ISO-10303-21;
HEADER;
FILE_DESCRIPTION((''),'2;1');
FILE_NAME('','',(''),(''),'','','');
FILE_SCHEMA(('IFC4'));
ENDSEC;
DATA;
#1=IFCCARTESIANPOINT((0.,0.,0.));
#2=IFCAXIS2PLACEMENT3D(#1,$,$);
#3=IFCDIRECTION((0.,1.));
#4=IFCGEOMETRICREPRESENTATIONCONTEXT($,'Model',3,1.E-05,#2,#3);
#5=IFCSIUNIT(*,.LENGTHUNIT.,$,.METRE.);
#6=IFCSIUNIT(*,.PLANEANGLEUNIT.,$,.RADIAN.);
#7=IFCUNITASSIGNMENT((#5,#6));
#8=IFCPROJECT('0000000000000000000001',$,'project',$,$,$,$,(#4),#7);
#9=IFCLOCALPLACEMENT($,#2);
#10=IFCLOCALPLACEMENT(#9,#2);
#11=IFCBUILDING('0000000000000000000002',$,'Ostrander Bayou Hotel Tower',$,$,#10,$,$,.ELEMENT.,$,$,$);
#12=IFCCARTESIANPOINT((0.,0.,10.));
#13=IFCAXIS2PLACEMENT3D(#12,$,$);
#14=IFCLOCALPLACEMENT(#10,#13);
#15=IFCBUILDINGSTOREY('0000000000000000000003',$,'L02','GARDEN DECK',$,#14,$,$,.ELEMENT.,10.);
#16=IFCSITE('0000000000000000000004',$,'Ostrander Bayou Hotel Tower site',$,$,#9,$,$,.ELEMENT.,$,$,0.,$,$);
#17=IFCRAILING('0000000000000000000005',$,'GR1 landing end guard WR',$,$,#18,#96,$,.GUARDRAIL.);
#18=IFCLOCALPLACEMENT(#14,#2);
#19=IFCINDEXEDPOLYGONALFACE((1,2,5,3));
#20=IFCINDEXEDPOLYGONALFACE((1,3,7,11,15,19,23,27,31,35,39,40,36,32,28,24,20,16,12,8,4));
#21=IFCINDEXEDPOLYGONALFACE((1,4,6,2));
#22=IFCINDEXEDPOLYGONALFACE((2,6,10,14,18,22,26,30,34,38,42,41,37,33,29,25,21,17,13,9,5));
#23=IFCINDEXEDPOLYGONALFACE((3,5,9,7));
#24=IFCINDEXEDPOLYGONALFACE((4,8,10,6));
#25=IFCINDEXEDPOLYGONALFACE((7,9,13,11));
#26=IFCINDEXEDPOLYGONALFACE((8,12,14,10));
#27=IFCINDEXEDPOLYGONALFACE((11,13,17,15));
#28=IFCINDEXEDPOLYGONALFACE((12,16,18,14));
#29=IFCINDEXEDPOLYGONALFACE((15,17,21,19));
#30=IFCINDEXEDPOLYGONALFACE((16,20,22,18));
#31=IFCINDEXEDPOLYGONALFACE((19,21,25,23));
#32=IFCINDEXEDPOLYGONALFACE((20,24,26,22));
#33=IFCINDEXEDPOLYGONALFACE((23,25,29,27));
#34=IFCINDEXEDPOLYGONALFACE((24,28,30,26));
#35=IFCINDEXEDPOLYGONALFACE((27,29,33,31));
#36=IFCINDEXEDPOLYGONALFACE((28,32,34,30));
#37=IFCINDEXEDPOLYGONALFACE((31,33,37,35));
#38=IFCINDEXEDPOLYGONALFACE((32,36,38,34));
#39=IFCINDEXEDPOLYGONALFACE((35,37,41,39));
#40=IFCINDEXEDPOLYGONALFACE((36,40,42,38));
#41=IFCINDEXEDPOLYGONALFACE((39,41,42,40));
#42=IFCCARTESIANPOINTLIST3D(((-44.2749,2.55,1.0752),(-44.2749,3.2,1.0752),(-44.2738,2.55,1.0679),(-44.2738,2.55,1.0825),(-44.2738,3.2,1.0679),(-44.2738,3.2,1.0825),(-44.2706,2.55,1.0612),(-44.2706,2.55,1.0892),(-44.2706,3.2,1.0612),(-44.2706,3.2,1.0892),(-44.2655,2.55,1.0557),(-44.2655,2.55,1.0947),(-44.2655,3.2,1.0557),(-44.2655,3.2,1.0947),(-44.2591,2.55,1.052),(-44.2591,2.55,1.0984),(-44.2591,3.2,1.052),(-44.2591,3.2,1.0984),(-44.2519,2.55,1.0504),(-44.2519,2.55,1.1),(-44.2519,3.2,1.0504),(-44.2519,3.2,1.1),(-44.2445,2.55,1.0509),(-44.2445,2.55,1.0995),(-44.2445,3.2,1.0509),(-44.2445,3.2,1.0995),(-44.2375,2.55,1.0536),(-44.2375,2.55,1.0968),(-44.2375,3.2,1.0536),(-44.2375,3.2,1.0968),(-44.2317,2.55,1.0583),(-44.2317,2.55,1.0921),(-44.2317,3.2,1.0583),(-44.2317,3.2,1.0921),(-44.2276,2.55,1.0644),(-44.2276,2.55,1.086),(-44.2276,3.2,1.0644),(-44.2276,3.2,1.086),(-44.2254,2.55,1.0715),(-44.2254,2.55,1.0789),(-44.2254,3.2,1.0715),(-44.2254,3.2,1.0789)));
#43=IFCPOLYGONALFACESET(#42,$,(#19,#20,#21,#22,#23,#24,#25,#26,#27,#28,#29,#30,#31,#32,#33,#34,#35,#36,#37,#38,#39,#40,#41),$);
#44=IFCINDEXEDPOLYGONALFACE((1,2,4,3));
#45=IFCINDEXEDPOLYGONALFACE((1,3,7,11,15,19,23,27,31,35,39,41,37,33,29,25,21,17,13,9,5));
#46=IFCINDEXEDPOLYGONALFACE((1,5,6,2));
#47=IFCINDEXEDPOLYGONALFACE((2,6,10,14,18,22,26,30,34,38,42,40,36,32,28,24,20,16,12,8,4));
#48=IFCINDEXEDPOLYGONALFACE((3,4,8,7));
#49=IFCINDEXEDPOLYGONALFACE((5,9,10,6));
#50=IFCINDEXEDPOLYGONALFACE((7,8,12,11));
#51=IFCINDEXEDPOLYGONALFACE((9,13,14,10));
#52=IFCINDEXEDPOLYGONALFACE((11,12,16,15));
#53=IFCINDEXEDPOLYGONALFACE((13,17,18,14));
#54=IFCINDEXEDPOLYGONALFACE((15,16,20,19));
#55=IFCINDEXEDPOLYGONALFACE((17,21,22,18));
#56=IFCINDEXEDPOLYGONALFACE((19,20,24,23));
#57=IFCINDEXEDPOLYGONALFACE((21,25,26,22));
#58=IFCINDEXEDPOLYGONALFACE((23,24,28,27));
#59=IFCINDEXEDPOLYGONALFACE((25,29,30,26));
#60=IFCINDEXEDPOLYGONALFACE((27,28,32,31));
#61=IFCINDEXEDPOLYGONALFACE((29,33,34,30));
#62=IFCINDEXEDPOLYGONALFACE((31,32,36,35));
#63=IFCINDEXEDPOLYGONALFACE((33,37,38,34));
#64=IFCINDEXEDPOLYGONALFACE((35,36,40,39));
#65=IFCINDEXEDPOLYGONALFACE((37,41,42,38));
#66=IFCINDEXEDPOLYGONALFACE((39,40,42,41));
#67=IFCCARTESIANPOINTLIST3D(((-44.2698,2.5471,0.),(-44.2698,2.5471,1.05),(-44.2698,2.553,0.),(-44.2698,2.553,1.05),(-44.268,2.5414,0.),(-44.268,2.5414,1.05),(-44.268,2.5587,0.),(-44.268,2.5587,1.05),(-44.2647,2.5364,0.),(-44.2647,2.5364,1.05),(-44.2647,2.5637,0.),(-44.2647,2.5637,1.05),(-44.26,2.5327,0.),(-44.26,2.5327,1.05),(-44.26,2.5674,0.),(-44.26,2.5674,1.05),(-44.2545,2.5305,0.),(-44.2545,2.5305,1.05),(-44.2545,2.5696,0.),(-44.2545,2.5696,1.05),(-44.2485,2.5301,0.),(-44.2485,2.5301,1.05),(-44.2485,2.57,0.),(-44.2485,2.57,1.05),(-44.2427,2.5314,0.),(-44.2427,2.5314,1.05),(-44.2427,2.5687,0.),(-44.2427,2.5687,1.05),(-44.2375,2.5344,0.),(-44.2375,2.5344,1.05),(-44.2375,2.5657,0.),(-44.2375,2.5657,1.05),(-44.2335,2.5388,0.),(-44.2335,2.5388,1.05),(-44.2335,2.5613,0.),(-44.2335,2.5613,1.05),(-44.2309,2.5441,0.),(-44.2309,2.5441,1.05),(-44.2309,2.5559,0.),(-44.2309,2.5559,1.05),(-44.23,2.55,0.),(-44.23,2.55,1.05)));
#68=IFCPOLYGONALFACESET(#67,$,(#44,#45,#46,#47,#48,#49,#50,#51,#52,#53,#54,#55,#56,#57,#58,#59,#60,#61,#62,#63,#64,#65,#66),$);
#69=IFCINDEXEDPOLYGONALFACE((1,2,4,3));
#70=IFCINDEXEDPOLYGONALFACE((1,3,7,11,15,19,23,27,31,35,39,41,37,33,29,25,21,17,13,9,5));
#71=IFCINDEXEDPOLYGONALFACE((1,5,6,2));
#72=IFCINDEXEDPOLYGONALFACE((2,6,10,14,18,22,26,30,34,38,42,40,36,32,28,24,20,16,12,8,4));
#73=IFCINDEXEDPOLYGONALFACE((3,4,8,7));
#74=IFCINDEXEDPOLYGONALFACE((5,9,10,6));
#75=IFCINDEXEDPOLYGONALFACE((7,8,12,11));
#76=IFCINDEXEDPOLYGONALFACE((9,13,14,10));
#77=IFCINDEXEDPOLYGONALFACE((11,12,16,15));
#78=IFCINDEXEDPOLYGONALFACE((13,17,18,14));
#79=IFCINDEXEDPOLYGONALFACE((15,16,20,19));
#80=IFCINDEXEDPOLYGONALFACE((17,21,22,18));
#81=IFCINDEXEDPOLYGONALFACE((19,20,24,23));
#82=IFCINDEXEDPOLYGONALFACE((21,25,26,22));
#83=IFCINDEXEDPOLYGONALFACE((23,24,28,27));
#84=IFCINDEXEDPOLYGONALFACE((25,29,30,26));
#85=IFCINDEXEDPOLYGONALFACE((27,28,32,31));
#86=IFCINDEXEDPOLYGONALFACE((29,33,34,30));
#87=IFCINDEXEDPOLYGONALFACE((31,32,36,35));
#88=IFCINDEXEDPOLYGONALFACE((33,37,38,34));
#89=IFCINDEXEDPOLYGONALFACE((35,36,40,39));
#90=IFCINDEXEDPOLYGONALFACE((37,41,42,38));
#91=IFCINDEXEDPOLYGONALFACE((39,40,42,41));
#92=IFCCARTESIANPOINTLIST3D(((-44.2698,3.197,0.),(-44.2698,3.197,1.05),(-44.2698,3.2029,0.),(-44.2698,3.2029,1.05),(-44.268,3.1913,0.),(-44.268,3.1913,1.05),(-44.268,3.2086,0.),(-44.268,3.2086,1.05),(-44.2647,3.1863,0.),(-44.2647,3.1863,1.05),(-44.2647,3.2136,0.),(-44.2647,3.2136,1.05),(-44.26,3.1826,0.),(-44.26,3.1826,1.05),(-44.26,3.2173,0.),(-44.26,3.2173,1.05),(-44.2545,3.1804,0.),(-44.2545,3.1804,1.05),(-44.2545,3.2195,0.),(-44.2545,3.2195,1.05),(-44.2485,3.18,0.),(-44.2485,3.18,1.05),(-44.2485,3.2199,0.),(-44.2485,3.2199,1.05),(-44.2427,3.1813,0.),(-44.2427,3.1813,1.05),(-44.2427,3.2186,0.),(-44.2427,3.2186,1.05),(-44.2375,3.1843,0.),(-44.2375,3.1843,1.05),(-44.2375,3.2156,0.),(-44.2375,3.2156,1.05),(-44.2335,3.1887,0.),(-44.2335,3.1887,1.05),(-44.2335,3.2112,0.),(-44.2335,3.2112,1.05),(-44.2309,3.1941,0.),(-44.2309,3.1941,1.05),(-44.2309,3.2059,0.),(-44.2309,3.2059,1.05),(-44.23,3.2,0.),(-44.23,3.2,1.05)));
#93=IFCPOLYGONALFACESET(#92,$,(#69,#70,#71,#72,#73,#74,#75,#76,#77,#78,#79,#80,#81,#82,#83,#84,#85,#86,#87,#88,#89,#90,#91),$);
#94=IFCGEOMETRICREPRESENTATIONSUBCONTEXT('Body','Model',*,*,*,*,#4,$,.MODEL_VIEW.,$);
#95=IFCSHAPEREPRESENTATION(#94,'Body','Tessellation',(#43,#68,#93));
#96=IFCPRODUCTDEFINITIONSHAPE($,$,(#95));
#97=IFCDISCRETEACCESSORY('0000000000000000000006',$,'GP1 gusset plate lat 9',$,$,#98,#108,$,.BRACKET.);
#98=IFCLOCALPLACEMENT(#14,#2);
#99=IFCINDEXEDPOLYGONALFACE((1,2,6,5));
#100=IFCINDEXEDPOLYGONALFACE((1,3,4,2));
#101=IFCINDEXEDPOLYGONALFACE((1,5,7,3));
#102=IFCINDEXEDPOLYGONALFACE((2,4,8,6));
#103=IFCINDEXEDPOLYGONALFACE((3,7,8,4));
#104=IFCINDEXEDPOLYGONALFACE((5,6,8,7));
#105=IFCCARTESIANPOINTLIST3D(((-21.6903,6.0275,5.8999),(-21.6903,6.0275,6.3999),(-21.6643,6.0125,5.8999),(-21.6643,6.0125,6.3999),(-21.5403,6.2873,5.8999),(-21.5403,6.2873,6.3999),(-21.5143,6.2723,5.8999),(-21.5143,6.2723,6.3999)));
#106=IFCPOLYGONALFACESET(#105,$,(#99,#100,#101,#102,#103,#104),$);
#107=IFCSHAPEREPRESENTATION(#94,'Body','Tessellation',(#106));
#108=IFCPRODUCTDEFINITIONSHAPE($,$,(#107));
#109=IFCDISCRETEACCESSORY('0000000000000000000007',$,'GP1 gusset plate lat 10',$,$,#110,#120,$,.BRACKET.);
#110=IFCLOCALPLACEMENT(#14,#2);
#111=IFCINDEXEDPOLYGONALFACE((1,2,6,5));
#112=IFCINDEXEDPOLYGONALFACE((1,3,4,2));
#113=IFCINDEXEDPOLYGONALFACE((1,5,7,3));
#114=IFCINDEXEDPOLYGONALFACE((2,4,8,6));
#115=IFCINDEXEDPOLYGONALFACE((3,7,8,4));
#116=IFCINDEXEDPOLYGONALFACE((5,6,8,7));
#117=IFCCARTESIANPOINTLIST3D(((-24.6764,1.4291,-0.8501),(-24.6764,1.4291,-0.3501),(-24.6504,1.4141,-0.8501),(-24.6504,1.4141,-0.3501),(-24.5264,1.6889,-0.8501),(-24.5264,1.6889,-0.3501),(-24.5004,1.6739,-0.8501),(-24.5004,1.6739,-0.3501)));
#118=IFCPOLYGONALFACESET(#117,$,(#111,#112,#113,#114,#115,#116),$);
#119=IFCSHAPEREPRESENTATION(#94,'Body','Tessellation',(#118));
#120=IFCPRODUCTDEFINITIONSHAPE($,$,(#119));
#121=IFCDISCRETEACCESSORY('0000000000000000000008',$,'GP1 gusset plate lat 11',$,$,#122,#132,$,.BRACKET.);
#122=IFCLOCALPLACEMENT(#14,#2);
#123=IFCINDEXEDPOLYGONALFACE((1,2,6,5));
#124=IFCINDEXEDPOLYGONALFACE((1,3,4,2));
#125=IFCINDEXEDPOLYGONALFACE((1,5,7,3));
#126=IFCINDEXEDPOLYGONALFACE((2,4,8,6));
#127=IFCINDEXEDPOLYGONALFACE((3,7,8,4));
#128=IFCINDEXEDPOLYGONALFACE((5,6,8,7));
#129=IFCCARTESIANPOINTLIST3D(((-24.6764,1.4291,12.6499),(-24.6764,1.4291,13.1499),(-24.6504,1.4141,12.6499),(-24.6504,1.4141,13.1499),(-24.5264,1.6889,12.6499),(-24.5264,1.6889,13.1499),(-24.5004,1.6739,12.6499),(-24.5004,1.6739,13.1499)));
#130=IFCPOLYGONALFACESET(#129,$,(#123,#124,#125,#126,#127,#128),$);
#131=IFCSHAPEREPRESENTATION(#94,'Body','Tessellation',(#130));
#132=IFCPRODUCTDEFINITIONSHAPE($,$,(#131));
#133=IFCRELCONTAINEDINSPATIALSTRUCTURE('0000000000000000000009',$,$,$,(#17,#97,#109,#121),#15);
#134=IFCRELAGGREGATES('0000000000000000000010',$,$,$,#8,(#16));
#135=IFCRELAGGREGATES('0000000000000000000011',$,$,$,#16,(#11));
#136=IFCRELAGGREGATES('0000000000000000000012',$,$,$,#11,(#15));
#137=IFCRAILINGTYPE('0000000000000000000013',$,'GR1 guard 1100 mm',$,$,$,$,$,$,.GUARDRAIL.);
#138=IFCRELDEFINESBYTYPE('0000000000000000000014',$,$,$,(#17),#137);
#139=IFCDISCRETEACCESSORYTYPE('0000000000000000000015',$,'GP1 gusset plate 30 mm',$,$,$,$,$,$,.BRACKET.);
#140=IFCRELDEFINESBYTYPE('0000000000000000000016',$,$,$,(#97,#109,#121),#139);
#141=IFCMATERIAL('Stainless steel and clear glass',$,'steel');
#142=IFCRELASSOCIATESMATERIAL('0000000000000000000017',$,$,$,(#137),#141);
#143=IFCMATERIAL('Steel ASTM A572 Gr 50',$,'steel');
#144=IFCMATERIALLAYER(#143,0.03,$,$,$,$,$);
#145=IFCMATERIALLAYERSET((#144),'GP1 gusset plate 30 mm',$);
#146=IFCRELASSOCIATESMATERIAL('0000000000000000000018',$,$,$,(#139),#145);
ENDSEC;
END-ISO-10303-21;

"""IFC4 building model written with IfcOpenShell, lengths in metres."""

from ifc_helpers import new_model, si_unit, direction, frame, origin, origin_2d, place, context, subcontext, project, spatial, rectangle, circle, extrude, material, layer, layer_set, type_object, element, save


model = new_model("IFC4")

# Units and contexts
model_context = context("Model", 3, precision=1e-05, world=origin(), true_north=direction((0.0, 1.0)))
body_context = subcontext(model_context, "Body", "Model", "MODEL_VIEW")
ifc_project = project(units=[si_unit("LENGTHUNIT", "METRE"), si_unit("PLANEANGLEUNIT", "RADIAN")], contexts=[model_context])

# Site, building, storey
site_placement = place(None, origin())
site = spatial("IfcSite", under=ifc_project, at=site_placement, Name="Ostrander Bayou Hotel Tower site", CompositionType="ELEMENT", RefElevation=0.0)
building_placement = place(site_placement, origin())
building = spatial("IfcBuilding", under=site, at=building_placement, Name="Ostrander Bayou Hotel Tower", CompositionType="ELEMENT")
storey_placement = place(building_placement, frame((0.0, 0.0, 10.0)))
storey = spatial("IfcBuildingStorey", under=building, at=storey_placement, Name="L02", Description="GARDEN DECK", CompositionType="ELEMENT", Elevation=10.0)

# Railing
ifc_material_1 = material(Name="Stainless steel and clear glass", Category="steel")
railing_type = type_object("IfcRailingType", Name="GR1 guard 1100 mm", PredefinedType="GUARDRAIL", material=ifc_material_1)
railing_1_placement = place(storey_placement, frame((-44.25, 2.55, 0.0)))
element("IfcRailing", 1, at=railing_1_placement, inside=storey, type_object=railing_type, Name="GR1 landing end guard WR", PredefinedType="GUARDRAIL", context=body_context, shape_type="SweptSolid", body=[
    extrude(circle(Radius=0.0249, at=origin_2d()), frame((0.0, 0.0, 1.0752), z_axis=(0.0, 1.0, 0.0), x_axis=(-1.0, 0.0, 0.0)), (0.0, 0.0, 1.0), 0.6499),
    extrude(circle(Radius=0.02, at=origin_2d()), origin(), (0.0, 0.0, 1.0), 1.05),
    extrude(circle(Radius=0.02, at=origin_2d()), frame((0.0, 0.6499, 0.0)), (0.0, 0.0, 1.0), 1.05),
])

# Discrete accessories
ifc_material_2 = material(Name="Steel ASTM A572 Gr 50", Category="steel")
ifc_layer_1 = layer(ifc_material_2, 0.03)
ifc_layer_set_1 = layer_set([ifc_layer_1], Name="GP1 gusset plate 30 mm")
discrete_accessory_type = type_object("IfcDiscreteAccessoryType", Name="GP1 gusset plate 30 mm", PredefinedType="BRACKET", material=ifc_layer_set_1)
for number, where, z_axis, x_axis, name in (
    (2, (-21.6023, 6.1499, 5.8999), (0.0, 0.0, 1.0), (-0.5, -0.866025, 0.0), "GP1 gusset plate lat 9"),
    (3, (-24.5884, 1.5515, -0.8501), (0.0, 0.0, 1.0), (-0.5, -0.866025, 0.0), "GP1 gusset plate lat 10"),
    (4, (-24.5884, 1.5515, 12.6499), (0.0, 0.0, 1.0), (-0.5, -0.866025, 0.0), "GP1 gusset plate lat 11"),
):
    element("IfcDiscreteAccessory", number, at=place(storey_placement, frame(where, z_axis=z_axis, x_axis=x_axis)), inside=storey, type_object=discrete_accessory_type, Name=name, PredefinedType="BRACKET", context=body_context, shape_type="SweptSolid", body=[
        extrude(rectangle(XDim=0.3, YDim=0.03, at=origin_2d()), origin(), (0.0, 0.0, 1.0), 0.5),
    ])

save(model, "model.ifc")
